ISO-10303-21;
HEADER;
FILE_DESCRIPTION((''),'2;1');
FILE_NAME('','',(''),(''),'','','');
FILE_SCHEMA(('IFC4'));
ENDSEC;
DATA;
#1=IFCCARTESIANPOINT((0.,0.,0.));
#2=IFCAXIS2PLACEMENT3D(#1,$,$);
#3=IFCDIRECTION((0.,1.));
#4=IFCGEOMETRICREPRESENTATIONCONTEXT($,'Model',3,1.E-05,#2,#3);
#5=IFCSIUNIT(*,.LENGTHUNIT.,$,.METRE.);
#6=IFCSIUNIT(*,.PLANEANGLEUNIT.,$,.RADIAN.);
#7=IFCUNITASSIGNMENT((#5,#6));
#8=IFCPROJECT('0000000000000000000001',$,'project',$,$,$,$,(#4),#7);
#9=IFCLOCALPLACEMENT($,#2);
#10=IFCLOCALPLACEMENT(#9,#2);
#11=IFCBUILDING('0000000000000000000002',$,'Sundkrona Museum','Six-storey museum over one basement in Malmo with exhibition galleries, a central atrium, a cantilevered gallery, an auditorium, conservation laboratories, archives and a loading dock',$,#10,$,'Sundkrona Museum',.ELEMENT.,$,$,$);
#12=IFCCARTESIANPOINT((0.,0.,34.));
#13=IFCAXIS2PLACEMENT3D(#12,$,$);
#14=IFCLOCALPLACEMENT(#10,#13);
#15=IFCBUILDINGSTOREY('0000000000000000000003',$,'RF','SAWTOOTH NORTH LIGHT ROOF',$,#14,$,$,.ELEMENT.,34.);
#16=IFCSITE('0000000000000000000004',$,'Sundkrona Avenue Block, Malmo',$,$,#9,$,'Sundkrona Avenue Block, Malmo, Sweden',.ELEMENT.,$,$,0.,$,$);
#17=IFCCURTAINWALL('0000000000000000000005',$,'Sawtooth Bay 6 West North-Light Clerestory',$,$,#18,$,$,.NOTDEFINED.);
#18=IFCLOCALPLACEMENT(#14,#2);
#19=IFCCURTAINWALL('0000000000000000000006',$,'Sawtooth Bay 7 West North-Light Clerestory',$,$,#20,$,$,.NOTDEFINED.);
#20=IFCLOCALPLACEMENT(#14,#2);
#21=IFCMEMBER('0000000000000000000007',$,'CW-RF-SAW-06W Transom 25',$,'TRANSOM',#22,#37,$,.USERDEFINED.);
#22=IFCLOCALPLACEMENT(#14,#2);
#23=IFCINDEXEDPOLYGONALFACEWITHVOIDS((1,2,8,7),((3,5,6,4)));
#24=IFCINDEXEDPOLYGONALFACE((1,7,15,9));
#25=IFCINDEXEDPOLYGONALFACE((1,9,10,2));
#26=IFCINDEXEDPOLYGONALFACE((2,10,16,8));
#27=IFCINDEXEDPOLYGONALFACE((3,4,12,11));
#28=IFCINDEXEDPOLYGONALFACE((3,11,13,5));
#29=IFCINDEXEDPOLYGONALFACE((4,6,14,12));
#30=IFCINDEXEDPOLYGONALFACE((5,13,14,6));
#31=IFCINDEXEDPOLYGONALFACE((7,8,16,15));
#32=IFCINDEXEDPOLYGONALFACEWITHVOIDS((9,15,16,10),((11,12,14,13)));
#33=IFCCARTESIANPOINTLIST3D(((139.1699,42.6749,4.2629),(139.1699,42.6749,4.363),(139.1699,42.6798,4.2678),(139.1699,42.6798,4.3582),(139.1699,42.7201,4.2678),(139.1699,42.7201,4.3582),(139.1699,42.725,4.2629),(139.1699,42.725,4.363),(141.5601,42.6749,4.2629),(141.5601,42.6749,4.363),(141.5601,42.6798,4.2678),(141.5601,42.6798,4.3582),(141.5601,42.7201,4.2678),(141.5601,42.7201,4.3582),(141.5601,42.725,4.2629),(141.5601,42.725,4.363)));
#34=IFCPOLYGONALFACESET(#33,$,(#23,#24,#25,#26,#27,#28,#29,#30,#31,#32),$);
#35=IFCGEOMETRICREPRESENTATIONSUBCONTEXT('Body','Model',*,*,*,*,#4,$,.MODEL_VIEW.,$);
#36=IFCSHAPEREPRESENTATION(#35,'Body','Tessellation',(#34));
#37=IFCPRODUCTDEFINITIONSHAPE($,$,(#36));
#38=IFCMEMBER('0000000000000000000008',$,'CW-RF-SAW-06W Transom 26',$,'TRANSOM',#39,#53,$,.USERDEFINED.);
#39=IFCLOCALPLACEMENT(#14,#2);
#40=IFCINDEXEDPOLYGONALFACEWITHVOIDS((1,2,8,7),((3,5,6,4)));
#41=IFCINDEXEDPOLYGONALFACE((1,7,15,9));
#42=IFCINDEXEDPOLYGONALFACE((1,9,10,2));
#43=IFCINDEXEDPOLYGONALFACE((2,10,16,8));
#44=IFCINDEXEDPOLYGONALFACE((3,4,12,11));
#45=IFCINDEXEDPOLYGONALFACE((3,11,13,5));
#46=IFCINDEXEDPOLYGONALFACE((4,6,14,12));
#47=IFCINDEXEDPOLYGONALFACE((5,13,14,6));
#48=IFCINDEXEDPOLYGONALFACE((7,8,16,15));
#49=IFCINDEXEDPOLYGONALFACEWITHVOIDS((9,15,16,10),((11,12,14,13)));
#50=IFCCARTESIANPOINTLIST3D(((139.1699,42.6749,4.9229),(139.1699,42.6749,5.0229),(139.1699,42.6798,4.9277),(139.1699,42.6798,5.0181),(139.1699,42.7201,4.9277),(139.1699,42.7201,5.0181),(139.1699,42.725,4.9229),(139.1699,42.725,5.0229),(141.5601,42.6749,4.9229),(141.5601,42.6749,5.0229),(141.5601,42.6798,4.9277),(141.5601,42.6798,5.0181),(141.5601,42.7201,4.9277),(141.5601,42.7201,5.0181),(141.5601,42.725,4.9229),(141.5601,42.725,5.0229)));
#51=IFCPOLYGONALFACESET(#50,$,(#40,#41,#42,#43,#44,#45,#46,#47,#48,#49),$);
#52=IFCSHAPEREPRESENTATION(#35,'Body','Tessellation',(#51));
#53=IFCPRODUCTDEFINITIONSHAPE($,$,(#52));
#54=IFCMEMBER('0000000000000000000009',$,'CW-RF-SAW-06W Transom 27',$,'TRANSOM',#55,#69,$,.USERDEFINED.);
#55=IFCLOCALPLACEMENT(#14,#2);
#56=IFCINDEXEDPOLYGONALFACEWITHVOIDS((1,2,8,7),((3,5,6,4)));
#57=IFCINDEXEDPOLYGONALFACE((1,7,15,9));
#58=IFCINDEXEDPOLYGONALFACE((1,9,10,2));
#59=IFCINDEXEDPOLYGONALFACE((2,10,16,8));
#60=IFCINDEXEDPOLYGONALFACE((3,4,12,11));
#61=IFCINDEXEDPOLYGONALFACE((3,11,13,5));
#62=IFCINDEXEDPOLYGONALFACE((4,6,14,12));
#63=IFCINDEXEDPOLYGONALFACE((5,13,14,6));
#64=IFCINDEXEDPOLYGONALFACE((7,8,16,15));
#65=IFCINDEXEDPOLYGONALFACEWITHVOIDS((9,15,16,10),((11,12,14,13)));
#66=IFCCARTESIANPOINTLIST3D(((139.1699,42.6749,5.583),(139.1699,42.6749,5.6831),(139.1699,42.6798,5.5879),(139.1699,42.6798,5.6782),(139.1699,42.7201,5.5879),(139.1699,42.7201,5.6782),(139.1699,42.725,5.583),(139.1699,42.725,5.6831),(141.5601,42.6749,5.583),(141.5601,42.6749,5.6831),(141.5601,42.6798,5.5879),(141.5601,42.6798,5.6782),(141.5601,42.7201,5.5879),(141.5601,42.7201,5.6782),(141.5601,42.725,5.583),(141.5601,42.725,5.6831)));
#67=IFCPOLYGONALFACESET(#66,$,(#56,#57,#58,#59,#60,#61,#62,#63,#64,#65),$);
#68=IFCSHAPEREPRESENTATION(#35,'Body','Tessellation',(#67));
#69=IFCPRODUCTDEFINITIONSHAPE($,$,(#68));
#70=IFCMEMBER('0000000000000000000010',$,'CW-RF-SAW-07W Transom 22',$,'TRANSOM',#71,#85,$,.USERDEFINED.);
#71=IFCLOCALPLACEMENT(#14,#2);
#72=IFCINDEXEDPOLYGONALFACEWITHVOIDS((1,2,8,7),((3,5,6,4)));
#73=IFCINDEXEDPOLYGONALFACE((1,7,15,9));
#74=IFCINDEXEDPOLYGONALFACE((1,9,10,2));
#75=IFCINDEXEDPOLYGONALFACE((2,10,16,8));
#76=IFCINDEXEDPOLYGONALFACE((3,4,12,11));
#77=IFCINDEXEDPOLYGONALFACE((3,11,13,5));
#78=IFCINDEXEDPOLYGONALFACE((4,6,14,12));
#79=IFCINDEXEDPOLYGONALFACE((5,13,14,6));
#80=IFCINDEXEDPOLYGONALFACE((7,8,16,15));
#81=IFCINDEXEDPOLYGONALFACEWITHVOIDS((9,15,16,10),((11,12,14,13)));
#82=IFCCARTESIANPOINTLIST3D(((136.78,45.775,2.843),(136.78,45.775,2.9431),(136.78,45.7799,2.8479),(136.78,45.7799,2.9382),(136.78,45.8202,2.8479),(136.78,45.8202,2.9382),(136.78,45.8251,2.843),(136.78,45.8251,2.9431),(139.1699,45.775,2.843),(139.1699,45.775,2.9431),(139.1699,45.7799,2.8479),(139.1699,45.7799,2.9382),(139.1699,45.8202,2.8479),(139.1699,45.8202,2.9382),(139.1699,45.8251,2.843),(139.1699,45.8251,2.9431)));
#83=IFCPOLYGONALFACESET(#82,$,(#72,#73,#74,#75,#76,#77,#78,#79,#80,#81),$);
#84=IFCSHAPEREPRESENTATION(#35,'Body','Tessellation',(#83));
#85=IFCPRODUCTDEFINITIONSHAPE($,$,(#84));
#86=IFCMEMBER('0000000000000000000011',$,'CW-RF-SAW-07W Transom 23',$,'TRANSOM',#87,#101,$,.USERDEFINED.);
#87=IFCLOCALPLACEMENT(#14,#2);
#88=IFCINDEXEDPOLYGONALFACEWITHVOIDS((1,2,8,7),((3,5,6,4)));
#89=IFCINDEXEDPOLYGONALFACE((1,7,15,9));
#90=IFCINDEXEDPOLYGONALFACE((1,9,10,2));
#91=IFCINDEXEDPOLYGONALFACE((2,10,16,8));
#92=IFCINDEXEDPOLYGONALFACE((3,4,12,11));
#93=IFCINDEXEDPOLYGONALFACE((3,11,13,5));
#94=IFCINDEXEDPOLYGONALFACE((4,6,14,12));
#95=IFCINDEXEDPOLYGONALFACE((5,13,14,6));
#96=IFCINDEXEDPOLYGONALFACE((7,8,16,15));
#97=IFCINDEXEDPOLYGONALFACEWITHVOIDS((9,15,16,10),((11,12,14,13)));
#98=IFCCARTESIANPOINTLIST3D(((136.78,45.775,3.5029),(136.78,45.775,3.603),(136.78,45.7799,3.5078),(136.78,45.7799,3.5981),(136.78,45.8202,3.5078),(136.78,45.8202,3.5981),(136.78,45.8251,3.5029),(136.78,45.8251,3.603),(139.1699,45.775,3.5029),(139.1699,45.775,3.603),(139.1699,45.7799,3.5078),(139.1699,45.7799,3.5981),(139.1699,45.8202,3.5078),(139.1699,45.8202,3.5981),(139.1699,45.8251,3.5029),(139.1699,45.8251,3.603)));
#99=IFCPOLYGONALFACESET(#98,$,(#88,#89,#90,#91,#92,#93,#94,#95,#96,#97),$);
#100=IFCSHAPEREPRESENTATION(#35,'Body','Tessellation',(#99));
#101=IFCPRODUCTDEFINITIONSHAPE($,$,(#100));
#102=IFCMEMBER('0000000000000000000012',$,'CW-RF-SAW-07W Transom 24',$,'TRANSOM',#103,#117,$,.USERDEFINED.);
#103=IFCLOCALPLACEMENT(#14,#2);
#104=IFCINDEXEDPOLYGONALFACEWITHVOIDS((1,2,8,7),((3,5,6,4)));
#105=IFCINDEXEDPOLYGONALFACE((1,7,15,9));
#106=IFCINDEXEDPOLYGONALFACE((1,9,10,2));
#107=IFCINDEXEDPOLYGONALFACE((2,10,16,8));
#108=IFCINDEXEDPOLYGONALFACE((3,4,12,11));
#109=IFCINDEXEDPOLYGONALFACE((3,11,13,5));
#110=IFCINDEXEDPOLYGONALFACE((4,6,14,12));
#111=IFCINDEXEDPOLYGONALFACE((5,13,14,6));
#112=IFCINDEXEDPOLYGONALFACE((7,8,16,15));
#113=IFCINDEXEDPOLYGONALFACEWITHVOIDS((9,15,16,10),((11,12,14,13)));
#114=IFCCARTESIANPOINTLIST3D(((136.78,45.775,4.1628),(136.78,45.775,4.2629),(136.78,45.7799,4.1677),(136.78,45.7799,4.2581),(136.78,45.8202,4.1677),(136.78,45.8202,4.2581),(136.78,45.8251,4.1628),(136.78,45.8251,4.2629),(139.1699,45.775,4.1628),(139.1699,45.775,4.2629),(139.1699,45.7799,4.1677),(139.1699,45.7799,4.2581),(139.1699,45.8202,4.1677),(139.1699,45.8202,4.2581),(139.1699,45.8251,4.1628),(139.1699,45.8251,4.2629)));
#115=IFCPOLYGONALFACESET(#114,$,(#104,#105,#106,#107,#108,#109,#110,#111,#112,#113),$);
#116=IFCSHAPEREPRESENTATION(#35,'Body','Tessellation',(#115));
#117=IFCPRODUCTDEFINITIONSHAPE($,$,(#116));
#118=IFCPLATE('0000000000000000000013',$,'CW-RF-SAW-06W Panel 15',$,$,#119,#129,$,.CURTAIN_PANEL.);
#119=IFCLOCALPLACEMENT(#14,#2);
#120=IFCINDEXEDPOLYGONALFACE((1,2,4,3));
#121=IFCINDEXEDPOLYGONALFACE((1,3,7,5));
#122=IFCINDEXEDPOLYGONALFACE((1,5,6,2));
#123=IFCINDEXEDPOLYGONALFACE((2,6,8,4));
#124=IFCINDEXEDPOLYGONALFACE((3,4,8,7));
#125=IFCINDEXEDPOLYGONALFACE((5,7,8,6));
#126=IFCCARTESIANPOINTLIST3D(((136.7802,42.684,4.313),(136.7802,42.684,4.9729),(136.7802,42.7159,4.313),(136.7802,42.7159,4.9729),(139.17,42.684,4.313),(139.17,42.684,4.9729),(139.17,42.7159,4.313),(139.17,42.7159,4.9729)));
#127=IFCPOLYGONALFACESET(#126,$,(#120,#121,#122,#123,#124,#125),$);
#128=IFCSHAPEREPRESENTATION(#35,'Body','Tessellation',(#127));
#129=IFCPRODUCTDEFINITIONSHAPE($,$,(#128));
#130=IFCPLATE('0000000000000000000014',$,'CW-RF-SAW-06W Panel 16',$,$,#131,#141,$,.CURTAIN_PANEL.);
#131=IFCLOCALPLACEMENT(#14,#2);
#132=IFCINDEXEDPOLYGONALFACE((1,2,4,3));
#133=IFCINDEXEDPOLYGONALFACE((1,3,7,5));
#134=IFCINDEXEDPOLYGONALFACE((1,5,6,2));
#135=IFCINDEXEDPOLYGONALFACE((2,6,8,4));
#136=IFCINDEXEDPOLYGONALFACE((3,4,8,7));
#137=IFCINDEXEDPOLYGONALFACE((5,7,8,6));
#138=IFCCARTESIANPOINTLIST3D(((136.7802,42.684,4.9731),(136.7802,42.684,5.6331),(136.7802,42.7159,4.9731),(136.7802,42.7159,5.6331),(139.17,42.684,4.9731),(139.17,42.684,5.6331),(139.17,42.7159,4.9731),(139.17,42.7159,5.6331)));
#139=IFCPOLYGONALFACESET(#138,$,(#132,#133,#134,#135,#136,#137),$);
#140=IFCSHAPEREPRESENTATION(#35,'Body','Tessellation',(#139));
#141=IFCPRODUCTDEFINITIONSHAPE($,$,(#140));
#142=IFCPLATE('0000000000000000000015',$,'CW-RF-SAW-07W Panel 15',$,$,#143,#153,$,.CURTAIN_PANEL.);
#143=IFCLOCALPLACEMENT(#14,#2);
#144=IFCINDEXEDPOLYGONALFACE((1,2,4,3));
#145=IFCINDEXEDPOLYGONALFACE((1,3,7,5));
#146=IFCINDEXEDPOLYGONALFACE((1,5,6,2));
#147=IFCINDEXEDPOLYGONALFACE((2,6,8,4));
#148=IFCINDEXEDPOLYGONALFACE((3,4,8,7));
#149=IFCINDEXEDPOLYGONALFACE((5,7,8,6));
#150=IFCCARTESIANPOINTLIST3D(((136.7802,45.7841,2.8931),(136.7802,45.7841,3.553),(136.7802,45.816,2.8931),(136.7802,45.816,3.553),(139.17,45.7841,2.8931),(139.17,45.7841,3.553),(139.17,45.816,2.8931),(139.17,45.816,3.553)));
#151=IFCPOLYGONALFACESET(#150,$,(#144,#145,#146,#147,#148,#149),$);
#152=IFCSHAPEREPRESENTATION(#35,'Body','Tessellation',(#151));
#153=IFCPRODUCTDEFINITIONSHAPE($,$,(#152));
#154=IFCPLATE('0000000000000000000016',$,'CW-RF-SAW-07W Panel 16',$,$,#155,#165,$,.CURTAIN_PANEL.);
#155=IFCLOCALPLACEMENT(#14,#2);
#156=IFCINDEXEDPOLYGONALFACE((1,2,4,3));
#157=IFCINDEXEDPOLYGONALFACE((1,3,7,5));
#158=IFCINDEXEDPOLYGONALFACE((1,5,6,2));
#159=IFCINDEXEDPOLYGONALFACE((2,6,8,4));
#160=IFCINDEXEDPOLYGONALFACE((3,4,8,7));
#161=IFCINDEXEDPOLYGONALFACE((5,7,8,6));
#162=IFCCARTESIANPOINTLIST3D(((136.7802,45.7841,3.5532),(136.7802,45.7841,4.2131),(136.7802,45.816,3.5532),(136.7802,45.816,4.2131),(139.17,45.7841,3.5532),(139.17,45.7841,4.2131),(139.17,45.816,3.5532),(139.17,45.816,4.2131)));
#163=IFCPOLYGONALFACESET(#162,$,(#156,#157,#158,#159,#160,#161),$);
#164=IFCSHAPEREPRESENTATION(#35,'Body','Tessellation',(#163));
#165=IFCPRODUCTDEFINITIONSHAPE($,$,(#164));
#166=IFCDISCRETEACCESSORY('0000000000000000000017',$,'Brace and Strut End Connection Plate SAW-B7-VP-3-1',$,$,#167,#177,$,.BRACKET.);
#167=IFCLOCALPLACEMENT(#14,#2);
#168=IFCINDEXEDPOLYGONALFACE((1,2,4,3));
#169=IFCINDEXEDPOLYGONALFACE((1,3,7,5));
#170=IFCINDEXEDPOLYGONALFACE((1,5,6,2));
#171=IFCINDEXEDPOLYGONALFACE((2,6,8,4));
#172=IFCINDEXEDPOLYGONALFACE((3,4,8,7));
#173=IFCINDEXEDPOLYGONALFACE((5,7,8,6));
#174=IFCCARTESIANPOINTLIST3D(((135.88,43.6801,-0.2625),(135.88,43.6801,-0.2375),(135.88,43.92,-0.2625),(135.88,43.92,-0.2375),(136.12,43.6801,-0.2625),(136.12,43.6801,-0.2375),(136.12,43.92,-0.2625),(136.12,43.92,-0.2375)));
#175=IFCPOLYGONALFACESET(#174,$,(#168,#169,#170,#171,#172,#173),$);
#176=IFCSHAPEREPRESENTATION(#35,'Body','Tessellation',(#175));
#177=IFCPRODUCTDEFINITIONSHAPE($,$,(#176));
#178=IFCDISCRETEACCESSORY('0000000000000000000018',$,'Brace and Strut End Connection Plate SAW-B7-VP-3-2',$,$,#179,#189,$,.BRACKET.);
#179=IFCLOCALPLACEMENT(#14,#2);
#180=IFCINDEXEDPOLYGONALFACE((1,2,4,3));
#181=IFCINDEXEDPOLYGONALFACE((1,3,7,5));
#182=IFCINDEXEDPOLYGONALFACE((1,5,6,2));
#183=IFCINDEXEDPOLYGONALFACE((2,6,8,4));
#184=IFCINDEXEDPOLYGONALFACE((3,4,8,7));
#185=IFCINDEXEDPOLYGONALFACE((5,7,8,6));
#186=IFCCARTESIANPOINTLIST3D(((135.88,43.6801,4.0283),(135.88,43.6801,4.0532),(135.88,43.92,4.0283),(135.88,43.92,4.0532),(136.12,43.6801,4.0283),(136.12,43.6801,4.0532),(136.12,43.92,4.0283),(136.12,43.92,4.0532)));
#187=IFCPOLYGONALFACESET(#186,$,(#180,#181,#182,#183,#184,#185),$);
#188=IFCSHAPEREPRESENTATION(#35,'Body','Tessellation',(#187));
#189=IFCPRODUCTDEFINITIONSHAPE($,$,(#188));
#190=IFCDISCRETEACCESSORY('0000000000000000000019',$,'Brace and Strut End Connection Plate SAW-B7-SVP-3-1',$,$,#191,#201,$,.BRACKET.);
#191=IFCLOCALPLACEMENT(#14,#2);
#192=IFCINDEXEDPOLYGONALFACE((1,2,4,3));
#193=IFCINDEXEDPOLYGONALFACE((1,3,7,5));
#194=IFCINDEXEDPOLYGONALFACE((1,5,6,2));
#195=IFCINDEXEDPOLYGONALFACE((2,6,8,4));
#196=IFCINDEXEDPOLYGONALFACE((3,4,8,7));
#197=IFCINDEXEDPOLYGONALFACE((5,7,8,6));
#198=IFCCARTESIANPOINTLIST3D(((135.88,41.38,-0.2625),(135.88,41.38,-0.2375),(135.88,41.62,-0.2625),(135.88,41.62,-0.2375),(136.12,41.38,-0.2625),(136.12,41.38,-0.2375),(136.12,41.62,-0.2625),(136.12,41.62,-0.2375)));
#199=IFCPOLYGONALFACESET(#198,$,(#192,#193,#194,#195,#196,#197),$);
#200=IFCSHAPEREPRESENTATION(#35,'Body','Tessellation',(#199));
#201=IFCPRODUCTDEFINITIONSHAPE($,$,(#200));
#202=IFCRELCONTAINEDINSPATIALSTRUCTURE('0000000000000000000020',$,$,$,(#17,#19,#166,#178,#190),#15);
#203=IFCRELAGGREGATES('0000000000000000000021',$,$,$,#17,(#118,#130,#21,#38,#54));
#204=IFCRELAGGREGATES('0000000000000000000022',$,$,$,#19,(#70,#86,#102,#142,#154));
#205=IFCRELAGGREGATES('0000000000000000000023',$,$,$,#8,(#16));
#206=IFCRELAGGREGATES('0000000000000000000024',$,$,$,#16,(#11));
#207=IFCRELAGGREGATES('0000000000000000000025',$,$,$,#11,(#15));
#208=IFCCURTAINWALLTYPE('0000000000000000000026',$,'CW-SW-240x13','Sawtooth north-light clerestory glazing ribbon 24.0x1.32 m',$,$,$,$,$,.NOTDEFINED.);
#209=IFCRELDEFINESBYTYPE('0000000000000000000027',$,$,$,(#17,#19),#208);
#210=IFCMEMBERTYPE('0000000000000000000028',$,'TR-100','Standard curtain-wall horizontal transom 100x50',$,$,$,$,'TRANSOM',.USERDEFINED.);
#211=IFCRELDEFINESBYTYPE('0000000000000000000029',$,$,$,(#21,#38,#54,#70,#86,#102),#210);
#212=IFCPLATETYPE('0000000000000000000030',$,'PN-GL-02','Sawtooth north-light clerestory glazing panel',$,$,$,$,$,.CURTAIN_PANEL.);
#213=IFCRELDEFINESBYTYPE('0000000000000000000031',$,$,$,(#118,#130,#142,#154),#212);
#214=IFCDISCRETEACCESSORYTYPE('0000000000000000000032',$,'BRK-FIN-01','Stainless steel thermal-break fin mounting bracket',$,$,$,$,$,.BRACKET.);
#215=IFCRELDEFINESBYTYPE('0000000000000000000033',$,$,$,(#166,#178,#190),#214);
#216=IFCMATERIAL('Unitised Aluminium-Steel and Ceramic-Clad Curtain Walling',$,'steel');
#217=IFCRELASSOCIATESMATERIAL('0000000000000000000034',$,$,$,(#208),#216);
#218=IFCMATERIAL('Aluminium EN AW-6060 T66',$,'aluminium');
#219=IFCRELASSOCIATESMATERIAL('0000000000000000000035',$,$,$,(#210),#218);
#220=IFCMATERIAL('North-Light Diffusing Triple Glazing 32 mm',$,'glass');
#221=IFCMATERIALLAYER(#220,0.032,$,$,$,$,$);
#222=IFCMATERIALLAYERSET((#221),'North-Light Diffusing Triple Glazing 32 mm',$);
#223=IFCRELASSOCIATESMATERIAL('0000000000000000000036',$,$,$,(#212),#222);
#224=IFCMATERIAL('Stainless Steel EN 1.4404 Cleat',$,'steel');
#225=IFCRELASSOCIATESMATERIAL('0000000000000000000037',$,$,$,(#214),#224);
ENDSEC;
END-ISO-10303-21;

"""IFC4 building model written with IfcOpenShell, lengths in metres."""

from ifc_helpers import new_model, si_unit, direction, frame, origin, origin_2d, place, context, subcontext, project, spatial, rectangle, hollow_rectangle, extrude, material, layer, layer_set, material_profile, profile_set, type_object, element, aggregate, save


model = new_model("IFC4")

# Units and contexts
model_context = context("Model", 3, precision=1e-05, world=origin(), true_north=direction((0.0, 1.0)))
body_context = subcontext(model_context, "Body", "Model", "MODEL_VIEW")
ifc_project = project(units=[si_unit("LENGTHUNIT", "METRE"), si_unit("PLANEANGLEUNIT", "RADIAN")], contexts=[model_context])

# Site, building, storey
site_placement = place(None, origin())
site = spatial("IfcSite", under=ifc_project, at=site_placement, Name="Sundkrona Avenue Block, Malmo", LongName="Sundkrona Avenue Block, Malmo, Sweden", CompositionType="ELEMENT", RefElevation=0.0)
building_placement = place(site_placement, origin())
building = spatial("IfcBuilding", under=site, at=building_placement, Name="Sundkrona Museum", Description="Six-storey museum over one basement in Malmo with exhibition galleries, a central atrium, a cantilevered gallery, an auditorium, conservation laboratories, archives and a loading dock", LongName="Sundkrona Museum", CompositionType="ELEMENT")
storey_placement = place(building_placement, frame((0.0, 0.0, 34.0)))
storey = spatial("IfcBuildingStorey", under=building, at=storey_placement, Name="RF", Description="SAWTOOTH NORTH LIGHT ROOF", CompositionType="ELEMENT", Elevation=34.0)

# Curtain wall
ifc_material_1 = material(Name="Unitised Aluminium-Steel and Ceramic-Clad Curtain Walling", Category="steel")
curtain_wall_type = type_object("IfcCurtainWallType", Name="CW-SW-240x13", Description="Sawtooth north-light clerestory glazing ribbon 24.0x1.32 m", PredefinedType="NOTDEFINED", material=ifc_material_1)
curtain_wall_1_placement = place(storey_placement, origin())
curtain_wall_1 = element("IfcCurtainWall", 1, at=curtain_wall_1_placement, inside=storey, type_object=curtain_wall_type, Name="Sawtooth Bay 6 West North-Light Clerestory", PredefinedType="NOTDEFINED")
ifc_material_2 = material(Name="Aluminium EN AW-6060 T66", Category="aluminium")

# Curtain wall
curtain_wall_2_placement = place(storey_placement, origin())
curtain_wall_2 = element("IfcCurtainWall", 2, at=curtain_wall_2_placement, inside=storey, type_object=curtain_wall_type, Name="Sawtooth Bay 7 West North-Light Clerestory", PredefinedType="NOTDEFINED")

# Members
ifc_material_profile_1 = material_profile(ifc_material_2, hollow_rectangle(XDim=0.05, YDim=0.1001, WallThickness=0.0049, at=origin_2d()), Name="RHS 100x50x5.0")
ifc_profile_set_1 = profile_set([ifc_material_profile_1], Name="Aluminium EN AW-6060 T66")
member_type_1 = type_object("IfcMemberType", Name="TR-100", Description="Standard curtain-wall horizontal transom 100x50", ElementType="TRANSOM", PredefinedType="USERDEFINED", material=ifc_profile_set_1)
member_1_placement = place(storey_placement, frame((139.1699, 42.7, 4.313), z_axis=(1.0, 0.0, 0.0), x_axis=(0.0, 1.0, 0.0)))
member_1 = element("IfcMember", 3, at=member_1_placement, type_object=member_type_1, Name="CW-RF-SAW-06W Transom 25", ObjectType="TRANSOM", PredefinedType="USERDEFINED", context=body_context, shape_type="SweptSolid", body=[
    extrude(hollow_rectangle(XDim=0.05, YDim=0.1001, WallThickness=0.0049, at=origin_2d()), origin(), (0.0, 0.0, 1.0), 2.3901),
])
member_2_placement = place(storey_placement, frame((139.1699, 42.7, 4.9729), z_axis=(1.0, 0.0, 0.0), x_axis=(0.0, 1.0, 0.0)))
member_2 = element("IfcMember", 4, at=member_2_placement, type_object=member_type_1, Name="CW-RF-SAW-06W Transom 26", ObjectType="TRANSOM", PredefinedType="USERDEFINED", context=body_context, shape_type="SweptSolid", body=[
    extrude(hollow_rectangle(XDim=0.05, YDim=0.1001, WallThickness=0.0049, at=origin_2d()), origin(), (0.0, 0.0, 1.0), 2.3901),
])
member_3_placement = place(storey_placement, frame((139.1699, 42.7, 5.6331), z_axis=(1.0, 0.0, 0.0), x_axis=(0.0, 1.0, 0.0)))
member_3 = element("IfcMember", 5, at=member_3_placement, type_object=member_type_1, Name="CW-RF-SAW-06W Transom 27", ObjectType="TRANSOM", PredefinedType="USERDEFINED", context=body_context, shape_type="SweptSolid", body=[
    extrude(hollow_rectangle(XDim=0.05, YDim=0.1001, WallThickness=0.0049, at=origin_2d()), origin(), (0.0, 0.0, 1.0), 2.3901),
])
member_4_placement = place(storey_placement, frame((136.78, 45.8, 2.8931), z_axis=(1.0, 0.0, 0.0), x_axis=(0.0, 1.0, 0.0)))
member_4 = element("IfcMember", 6, at=member_4_placement, type_object=member_type_1, Name="CW-RF-SAW-07W Transom 22", ObjectType="TRANSOM", PredefinedType="USERDEFINED", context=body_context, shape_type="SweptSolid", body=[
    extrude(hollow_rectangle(XDim=0.05, YDim=0.1001, WallThickness=0.0049, at=origin_2d()), origin(), (0.0, 0.0, 1.0), 2.3899),
])
member_5_placement = place(storey_placement, frame((136.78, 45.8, 3.553), z_axis=(1.0, 0.0, 0.0), x_axis=(0.0, 1.0, 0.0)))
member_5 = element("IfcMember", 7, at=member_5_placement, type_object=member_type_1, Name="CW-RF-SAW-07W Transom 23", ObjectType="TRANSOM", PredefinedType="USERDEFINED", context=body_context, shape_type="SweptSolid", body=[
    extrude(hollow_rectangle(XDim=0.05, YDim=0.1001, WallThickness=0.0049, at=origin_2d()), origin(), (0.0, 0.0, 1.0), 2.3899),
])
member_6_placement = place(storey_placement, frame((136.78, 45.8, 4.2129), z_axis=(1.0, 0.0, 0.0), x_axis=(0.0, 1.0, 0.0)))
member_6 = element("IfcMember", 8, at=member_6_placement, type_object=member_type_1, Name="CW-RF-SAW-07W Transom 24", ObjectType="TRANSOM", PredefinedType="USERDEFINED", context=body_context, shape_type="SweptSolid", body=[
    extrude(hollow_rectangle(XDim=0.05, YDim=0.1001, WallThickness=0.0049, at=origin_2d()), origin(), (0.0, 0.0, 1.0), 2.3899),
])

# Plates
ifc_material_3 = material(Name="North-Light Diffusing Triple Glazing 32 mm", Category="glass")
ifc_layer = layer(ifc_material_3, 0.032)
ifc_layer_set = layer_set([ifc_layer], Name="North-Light Diffusing Triple Glazing 32 mm")
plate_type = type_object("IfcPlateType", Name="PN-GL-02", Description="Sawtooth north-light clerestory glazing panel", PredefinedType="CURTAIN_PANEL", material=ifc_layer_set)
plate_1_placement = place(storey_placement, frame((137.9751, 42.7, 4.313), z_axis=(0.0, 0.0, 1.0), x_axis=(1.0, 0.0, 0.0)))
plate_1 = element("IfcPlate", 9, at=plate_1_placement, type_object=plate_type, Name="CW-RF-SAW-06W Panel 15", PredefinedType="CURTAIN_PANEL", context=body_context, shape_type="SweptSolid", body=[
    extrude(rectangle(XDim=2.3899, YDim=0.032, at=origin_2d()), origin(), (0.0, 0.0, 1.0), 0.6599),
])
plate_2_placement = place(storey_placement, frame((137.9751, 42.7, 4.9731), z_axis=(0.0, 0.0, 1.0), x_axis=(1.0, 0.0, 0.0)))
plate_2 = element("IfcPlate", 10, at=plate_2_placement, type_object=plate_type, Name="CW-RF-SAW-06W Panel 16", PredefinedType="CURTAIN_PANEL", context=body_context, shape_type="SweptSolid", body=[
    extrude(rectangle(XDim=2.3899, YDim=0.032, at=origin_2d()), origin(), (0.0, 0.0, 1.0), 0.6599),
])
aggregate(curtain_wall_1, [plate_1, plate_2, member_1, member_2, member_3])
plate_3_placement = place(storey_placement, frame((137.9751, 45.8, 2.8931), z_axis=(0.0, 0.0, 1.0), x_axis=(1.0, 0.0, 0.0)))
plate_3 = element("IfcPlate", 11, at=plate_3_placement, type_object=plate_type, Name="CW-RF-SAW-07W Panel 15", PredefinedType="CURTAIN_PANEL", context=body_context, shape_type="SweptSolid", body=[
    extrude(rectangle(XDim=2.3899, YDim=0.032, at=origin_2d()), origin(), (0.0, 0.0, 1.0), 0.6599),
])
plate_4_placement = place(storey_placement, frame((137.9751, 45.8, 3.5532), z_axis=(0.0, 0.0, 1.0), x_axis=(1.0, 0.0, 0.0)))
plate_4 = element("IfcPlate", 12, at=plate_4_placement, type_object=plate_type, Name="CW-RF-SAW-07W Panel 16", PredefinedType="CURTAIN_PANEL", context=body_context, shape_type="SweptSolid", body=[
    extrude(rectangle(XDim=2.3899, YDim=0.032, at=origin_2d()), origin(), (0.0, 0.0, 1.0), 0.6599),
])
aggregate(curtain_wall_2, [member_4, member_5, member_6, plate_3, plate_4])

# Discrete accessories
ifc_material_4 = material(Name="Stainless Steel EN 1.4404 Cleat", Category="steel")
discrete_accessory_type = type_object("IfcDiscreteAccessoryType", Name="BRK-FIN-01", Description="Stainless steel thermal-break fin mounting bracket", PredefinedType="BRACKET", material=ifc_material_4)
for number, where, z_axis, x_axis, name in (
    (13, (136.0, 43.8, -0.2625), (0.0, 0.0, 1.0), (1.0, 0.0, 0.0), "Brace and Strut End Connection Plate SAW-B7-VP-3-1"),
    (14, (136.0, 43.8, 4.0283), (0.0, 0.0, 1.0), (1.0, 0.0, 0.0), "Brace and Strut End Connection Plate SAW-B7-VP-3-2"),
    (15, (136.0, 41.5, -0.2625), (0.0, 0.0, 1.0), (1.0, 0.0, 0.0), "Brace and Strut End Connection Plate SAW-B7-SVP-3-1"),
):
    element("IfcDiscreteAccessory", number, at=place(storey_placement, frame(where, z_axis=z_axis, x_axis=x_axis)), inside=storey, type_object=discrete_accessory_type, Name=name, PredefinedType="BRACKET", context=body_context, shape_type="SweptSolid", body=[
        extrude(rectangle(XDim=0.24, YDim=0.24, at=origin_2d()), origin(), (0.0, 0.0, 1.0), 0.0249),
    ])

save(model, "model.ifc")
